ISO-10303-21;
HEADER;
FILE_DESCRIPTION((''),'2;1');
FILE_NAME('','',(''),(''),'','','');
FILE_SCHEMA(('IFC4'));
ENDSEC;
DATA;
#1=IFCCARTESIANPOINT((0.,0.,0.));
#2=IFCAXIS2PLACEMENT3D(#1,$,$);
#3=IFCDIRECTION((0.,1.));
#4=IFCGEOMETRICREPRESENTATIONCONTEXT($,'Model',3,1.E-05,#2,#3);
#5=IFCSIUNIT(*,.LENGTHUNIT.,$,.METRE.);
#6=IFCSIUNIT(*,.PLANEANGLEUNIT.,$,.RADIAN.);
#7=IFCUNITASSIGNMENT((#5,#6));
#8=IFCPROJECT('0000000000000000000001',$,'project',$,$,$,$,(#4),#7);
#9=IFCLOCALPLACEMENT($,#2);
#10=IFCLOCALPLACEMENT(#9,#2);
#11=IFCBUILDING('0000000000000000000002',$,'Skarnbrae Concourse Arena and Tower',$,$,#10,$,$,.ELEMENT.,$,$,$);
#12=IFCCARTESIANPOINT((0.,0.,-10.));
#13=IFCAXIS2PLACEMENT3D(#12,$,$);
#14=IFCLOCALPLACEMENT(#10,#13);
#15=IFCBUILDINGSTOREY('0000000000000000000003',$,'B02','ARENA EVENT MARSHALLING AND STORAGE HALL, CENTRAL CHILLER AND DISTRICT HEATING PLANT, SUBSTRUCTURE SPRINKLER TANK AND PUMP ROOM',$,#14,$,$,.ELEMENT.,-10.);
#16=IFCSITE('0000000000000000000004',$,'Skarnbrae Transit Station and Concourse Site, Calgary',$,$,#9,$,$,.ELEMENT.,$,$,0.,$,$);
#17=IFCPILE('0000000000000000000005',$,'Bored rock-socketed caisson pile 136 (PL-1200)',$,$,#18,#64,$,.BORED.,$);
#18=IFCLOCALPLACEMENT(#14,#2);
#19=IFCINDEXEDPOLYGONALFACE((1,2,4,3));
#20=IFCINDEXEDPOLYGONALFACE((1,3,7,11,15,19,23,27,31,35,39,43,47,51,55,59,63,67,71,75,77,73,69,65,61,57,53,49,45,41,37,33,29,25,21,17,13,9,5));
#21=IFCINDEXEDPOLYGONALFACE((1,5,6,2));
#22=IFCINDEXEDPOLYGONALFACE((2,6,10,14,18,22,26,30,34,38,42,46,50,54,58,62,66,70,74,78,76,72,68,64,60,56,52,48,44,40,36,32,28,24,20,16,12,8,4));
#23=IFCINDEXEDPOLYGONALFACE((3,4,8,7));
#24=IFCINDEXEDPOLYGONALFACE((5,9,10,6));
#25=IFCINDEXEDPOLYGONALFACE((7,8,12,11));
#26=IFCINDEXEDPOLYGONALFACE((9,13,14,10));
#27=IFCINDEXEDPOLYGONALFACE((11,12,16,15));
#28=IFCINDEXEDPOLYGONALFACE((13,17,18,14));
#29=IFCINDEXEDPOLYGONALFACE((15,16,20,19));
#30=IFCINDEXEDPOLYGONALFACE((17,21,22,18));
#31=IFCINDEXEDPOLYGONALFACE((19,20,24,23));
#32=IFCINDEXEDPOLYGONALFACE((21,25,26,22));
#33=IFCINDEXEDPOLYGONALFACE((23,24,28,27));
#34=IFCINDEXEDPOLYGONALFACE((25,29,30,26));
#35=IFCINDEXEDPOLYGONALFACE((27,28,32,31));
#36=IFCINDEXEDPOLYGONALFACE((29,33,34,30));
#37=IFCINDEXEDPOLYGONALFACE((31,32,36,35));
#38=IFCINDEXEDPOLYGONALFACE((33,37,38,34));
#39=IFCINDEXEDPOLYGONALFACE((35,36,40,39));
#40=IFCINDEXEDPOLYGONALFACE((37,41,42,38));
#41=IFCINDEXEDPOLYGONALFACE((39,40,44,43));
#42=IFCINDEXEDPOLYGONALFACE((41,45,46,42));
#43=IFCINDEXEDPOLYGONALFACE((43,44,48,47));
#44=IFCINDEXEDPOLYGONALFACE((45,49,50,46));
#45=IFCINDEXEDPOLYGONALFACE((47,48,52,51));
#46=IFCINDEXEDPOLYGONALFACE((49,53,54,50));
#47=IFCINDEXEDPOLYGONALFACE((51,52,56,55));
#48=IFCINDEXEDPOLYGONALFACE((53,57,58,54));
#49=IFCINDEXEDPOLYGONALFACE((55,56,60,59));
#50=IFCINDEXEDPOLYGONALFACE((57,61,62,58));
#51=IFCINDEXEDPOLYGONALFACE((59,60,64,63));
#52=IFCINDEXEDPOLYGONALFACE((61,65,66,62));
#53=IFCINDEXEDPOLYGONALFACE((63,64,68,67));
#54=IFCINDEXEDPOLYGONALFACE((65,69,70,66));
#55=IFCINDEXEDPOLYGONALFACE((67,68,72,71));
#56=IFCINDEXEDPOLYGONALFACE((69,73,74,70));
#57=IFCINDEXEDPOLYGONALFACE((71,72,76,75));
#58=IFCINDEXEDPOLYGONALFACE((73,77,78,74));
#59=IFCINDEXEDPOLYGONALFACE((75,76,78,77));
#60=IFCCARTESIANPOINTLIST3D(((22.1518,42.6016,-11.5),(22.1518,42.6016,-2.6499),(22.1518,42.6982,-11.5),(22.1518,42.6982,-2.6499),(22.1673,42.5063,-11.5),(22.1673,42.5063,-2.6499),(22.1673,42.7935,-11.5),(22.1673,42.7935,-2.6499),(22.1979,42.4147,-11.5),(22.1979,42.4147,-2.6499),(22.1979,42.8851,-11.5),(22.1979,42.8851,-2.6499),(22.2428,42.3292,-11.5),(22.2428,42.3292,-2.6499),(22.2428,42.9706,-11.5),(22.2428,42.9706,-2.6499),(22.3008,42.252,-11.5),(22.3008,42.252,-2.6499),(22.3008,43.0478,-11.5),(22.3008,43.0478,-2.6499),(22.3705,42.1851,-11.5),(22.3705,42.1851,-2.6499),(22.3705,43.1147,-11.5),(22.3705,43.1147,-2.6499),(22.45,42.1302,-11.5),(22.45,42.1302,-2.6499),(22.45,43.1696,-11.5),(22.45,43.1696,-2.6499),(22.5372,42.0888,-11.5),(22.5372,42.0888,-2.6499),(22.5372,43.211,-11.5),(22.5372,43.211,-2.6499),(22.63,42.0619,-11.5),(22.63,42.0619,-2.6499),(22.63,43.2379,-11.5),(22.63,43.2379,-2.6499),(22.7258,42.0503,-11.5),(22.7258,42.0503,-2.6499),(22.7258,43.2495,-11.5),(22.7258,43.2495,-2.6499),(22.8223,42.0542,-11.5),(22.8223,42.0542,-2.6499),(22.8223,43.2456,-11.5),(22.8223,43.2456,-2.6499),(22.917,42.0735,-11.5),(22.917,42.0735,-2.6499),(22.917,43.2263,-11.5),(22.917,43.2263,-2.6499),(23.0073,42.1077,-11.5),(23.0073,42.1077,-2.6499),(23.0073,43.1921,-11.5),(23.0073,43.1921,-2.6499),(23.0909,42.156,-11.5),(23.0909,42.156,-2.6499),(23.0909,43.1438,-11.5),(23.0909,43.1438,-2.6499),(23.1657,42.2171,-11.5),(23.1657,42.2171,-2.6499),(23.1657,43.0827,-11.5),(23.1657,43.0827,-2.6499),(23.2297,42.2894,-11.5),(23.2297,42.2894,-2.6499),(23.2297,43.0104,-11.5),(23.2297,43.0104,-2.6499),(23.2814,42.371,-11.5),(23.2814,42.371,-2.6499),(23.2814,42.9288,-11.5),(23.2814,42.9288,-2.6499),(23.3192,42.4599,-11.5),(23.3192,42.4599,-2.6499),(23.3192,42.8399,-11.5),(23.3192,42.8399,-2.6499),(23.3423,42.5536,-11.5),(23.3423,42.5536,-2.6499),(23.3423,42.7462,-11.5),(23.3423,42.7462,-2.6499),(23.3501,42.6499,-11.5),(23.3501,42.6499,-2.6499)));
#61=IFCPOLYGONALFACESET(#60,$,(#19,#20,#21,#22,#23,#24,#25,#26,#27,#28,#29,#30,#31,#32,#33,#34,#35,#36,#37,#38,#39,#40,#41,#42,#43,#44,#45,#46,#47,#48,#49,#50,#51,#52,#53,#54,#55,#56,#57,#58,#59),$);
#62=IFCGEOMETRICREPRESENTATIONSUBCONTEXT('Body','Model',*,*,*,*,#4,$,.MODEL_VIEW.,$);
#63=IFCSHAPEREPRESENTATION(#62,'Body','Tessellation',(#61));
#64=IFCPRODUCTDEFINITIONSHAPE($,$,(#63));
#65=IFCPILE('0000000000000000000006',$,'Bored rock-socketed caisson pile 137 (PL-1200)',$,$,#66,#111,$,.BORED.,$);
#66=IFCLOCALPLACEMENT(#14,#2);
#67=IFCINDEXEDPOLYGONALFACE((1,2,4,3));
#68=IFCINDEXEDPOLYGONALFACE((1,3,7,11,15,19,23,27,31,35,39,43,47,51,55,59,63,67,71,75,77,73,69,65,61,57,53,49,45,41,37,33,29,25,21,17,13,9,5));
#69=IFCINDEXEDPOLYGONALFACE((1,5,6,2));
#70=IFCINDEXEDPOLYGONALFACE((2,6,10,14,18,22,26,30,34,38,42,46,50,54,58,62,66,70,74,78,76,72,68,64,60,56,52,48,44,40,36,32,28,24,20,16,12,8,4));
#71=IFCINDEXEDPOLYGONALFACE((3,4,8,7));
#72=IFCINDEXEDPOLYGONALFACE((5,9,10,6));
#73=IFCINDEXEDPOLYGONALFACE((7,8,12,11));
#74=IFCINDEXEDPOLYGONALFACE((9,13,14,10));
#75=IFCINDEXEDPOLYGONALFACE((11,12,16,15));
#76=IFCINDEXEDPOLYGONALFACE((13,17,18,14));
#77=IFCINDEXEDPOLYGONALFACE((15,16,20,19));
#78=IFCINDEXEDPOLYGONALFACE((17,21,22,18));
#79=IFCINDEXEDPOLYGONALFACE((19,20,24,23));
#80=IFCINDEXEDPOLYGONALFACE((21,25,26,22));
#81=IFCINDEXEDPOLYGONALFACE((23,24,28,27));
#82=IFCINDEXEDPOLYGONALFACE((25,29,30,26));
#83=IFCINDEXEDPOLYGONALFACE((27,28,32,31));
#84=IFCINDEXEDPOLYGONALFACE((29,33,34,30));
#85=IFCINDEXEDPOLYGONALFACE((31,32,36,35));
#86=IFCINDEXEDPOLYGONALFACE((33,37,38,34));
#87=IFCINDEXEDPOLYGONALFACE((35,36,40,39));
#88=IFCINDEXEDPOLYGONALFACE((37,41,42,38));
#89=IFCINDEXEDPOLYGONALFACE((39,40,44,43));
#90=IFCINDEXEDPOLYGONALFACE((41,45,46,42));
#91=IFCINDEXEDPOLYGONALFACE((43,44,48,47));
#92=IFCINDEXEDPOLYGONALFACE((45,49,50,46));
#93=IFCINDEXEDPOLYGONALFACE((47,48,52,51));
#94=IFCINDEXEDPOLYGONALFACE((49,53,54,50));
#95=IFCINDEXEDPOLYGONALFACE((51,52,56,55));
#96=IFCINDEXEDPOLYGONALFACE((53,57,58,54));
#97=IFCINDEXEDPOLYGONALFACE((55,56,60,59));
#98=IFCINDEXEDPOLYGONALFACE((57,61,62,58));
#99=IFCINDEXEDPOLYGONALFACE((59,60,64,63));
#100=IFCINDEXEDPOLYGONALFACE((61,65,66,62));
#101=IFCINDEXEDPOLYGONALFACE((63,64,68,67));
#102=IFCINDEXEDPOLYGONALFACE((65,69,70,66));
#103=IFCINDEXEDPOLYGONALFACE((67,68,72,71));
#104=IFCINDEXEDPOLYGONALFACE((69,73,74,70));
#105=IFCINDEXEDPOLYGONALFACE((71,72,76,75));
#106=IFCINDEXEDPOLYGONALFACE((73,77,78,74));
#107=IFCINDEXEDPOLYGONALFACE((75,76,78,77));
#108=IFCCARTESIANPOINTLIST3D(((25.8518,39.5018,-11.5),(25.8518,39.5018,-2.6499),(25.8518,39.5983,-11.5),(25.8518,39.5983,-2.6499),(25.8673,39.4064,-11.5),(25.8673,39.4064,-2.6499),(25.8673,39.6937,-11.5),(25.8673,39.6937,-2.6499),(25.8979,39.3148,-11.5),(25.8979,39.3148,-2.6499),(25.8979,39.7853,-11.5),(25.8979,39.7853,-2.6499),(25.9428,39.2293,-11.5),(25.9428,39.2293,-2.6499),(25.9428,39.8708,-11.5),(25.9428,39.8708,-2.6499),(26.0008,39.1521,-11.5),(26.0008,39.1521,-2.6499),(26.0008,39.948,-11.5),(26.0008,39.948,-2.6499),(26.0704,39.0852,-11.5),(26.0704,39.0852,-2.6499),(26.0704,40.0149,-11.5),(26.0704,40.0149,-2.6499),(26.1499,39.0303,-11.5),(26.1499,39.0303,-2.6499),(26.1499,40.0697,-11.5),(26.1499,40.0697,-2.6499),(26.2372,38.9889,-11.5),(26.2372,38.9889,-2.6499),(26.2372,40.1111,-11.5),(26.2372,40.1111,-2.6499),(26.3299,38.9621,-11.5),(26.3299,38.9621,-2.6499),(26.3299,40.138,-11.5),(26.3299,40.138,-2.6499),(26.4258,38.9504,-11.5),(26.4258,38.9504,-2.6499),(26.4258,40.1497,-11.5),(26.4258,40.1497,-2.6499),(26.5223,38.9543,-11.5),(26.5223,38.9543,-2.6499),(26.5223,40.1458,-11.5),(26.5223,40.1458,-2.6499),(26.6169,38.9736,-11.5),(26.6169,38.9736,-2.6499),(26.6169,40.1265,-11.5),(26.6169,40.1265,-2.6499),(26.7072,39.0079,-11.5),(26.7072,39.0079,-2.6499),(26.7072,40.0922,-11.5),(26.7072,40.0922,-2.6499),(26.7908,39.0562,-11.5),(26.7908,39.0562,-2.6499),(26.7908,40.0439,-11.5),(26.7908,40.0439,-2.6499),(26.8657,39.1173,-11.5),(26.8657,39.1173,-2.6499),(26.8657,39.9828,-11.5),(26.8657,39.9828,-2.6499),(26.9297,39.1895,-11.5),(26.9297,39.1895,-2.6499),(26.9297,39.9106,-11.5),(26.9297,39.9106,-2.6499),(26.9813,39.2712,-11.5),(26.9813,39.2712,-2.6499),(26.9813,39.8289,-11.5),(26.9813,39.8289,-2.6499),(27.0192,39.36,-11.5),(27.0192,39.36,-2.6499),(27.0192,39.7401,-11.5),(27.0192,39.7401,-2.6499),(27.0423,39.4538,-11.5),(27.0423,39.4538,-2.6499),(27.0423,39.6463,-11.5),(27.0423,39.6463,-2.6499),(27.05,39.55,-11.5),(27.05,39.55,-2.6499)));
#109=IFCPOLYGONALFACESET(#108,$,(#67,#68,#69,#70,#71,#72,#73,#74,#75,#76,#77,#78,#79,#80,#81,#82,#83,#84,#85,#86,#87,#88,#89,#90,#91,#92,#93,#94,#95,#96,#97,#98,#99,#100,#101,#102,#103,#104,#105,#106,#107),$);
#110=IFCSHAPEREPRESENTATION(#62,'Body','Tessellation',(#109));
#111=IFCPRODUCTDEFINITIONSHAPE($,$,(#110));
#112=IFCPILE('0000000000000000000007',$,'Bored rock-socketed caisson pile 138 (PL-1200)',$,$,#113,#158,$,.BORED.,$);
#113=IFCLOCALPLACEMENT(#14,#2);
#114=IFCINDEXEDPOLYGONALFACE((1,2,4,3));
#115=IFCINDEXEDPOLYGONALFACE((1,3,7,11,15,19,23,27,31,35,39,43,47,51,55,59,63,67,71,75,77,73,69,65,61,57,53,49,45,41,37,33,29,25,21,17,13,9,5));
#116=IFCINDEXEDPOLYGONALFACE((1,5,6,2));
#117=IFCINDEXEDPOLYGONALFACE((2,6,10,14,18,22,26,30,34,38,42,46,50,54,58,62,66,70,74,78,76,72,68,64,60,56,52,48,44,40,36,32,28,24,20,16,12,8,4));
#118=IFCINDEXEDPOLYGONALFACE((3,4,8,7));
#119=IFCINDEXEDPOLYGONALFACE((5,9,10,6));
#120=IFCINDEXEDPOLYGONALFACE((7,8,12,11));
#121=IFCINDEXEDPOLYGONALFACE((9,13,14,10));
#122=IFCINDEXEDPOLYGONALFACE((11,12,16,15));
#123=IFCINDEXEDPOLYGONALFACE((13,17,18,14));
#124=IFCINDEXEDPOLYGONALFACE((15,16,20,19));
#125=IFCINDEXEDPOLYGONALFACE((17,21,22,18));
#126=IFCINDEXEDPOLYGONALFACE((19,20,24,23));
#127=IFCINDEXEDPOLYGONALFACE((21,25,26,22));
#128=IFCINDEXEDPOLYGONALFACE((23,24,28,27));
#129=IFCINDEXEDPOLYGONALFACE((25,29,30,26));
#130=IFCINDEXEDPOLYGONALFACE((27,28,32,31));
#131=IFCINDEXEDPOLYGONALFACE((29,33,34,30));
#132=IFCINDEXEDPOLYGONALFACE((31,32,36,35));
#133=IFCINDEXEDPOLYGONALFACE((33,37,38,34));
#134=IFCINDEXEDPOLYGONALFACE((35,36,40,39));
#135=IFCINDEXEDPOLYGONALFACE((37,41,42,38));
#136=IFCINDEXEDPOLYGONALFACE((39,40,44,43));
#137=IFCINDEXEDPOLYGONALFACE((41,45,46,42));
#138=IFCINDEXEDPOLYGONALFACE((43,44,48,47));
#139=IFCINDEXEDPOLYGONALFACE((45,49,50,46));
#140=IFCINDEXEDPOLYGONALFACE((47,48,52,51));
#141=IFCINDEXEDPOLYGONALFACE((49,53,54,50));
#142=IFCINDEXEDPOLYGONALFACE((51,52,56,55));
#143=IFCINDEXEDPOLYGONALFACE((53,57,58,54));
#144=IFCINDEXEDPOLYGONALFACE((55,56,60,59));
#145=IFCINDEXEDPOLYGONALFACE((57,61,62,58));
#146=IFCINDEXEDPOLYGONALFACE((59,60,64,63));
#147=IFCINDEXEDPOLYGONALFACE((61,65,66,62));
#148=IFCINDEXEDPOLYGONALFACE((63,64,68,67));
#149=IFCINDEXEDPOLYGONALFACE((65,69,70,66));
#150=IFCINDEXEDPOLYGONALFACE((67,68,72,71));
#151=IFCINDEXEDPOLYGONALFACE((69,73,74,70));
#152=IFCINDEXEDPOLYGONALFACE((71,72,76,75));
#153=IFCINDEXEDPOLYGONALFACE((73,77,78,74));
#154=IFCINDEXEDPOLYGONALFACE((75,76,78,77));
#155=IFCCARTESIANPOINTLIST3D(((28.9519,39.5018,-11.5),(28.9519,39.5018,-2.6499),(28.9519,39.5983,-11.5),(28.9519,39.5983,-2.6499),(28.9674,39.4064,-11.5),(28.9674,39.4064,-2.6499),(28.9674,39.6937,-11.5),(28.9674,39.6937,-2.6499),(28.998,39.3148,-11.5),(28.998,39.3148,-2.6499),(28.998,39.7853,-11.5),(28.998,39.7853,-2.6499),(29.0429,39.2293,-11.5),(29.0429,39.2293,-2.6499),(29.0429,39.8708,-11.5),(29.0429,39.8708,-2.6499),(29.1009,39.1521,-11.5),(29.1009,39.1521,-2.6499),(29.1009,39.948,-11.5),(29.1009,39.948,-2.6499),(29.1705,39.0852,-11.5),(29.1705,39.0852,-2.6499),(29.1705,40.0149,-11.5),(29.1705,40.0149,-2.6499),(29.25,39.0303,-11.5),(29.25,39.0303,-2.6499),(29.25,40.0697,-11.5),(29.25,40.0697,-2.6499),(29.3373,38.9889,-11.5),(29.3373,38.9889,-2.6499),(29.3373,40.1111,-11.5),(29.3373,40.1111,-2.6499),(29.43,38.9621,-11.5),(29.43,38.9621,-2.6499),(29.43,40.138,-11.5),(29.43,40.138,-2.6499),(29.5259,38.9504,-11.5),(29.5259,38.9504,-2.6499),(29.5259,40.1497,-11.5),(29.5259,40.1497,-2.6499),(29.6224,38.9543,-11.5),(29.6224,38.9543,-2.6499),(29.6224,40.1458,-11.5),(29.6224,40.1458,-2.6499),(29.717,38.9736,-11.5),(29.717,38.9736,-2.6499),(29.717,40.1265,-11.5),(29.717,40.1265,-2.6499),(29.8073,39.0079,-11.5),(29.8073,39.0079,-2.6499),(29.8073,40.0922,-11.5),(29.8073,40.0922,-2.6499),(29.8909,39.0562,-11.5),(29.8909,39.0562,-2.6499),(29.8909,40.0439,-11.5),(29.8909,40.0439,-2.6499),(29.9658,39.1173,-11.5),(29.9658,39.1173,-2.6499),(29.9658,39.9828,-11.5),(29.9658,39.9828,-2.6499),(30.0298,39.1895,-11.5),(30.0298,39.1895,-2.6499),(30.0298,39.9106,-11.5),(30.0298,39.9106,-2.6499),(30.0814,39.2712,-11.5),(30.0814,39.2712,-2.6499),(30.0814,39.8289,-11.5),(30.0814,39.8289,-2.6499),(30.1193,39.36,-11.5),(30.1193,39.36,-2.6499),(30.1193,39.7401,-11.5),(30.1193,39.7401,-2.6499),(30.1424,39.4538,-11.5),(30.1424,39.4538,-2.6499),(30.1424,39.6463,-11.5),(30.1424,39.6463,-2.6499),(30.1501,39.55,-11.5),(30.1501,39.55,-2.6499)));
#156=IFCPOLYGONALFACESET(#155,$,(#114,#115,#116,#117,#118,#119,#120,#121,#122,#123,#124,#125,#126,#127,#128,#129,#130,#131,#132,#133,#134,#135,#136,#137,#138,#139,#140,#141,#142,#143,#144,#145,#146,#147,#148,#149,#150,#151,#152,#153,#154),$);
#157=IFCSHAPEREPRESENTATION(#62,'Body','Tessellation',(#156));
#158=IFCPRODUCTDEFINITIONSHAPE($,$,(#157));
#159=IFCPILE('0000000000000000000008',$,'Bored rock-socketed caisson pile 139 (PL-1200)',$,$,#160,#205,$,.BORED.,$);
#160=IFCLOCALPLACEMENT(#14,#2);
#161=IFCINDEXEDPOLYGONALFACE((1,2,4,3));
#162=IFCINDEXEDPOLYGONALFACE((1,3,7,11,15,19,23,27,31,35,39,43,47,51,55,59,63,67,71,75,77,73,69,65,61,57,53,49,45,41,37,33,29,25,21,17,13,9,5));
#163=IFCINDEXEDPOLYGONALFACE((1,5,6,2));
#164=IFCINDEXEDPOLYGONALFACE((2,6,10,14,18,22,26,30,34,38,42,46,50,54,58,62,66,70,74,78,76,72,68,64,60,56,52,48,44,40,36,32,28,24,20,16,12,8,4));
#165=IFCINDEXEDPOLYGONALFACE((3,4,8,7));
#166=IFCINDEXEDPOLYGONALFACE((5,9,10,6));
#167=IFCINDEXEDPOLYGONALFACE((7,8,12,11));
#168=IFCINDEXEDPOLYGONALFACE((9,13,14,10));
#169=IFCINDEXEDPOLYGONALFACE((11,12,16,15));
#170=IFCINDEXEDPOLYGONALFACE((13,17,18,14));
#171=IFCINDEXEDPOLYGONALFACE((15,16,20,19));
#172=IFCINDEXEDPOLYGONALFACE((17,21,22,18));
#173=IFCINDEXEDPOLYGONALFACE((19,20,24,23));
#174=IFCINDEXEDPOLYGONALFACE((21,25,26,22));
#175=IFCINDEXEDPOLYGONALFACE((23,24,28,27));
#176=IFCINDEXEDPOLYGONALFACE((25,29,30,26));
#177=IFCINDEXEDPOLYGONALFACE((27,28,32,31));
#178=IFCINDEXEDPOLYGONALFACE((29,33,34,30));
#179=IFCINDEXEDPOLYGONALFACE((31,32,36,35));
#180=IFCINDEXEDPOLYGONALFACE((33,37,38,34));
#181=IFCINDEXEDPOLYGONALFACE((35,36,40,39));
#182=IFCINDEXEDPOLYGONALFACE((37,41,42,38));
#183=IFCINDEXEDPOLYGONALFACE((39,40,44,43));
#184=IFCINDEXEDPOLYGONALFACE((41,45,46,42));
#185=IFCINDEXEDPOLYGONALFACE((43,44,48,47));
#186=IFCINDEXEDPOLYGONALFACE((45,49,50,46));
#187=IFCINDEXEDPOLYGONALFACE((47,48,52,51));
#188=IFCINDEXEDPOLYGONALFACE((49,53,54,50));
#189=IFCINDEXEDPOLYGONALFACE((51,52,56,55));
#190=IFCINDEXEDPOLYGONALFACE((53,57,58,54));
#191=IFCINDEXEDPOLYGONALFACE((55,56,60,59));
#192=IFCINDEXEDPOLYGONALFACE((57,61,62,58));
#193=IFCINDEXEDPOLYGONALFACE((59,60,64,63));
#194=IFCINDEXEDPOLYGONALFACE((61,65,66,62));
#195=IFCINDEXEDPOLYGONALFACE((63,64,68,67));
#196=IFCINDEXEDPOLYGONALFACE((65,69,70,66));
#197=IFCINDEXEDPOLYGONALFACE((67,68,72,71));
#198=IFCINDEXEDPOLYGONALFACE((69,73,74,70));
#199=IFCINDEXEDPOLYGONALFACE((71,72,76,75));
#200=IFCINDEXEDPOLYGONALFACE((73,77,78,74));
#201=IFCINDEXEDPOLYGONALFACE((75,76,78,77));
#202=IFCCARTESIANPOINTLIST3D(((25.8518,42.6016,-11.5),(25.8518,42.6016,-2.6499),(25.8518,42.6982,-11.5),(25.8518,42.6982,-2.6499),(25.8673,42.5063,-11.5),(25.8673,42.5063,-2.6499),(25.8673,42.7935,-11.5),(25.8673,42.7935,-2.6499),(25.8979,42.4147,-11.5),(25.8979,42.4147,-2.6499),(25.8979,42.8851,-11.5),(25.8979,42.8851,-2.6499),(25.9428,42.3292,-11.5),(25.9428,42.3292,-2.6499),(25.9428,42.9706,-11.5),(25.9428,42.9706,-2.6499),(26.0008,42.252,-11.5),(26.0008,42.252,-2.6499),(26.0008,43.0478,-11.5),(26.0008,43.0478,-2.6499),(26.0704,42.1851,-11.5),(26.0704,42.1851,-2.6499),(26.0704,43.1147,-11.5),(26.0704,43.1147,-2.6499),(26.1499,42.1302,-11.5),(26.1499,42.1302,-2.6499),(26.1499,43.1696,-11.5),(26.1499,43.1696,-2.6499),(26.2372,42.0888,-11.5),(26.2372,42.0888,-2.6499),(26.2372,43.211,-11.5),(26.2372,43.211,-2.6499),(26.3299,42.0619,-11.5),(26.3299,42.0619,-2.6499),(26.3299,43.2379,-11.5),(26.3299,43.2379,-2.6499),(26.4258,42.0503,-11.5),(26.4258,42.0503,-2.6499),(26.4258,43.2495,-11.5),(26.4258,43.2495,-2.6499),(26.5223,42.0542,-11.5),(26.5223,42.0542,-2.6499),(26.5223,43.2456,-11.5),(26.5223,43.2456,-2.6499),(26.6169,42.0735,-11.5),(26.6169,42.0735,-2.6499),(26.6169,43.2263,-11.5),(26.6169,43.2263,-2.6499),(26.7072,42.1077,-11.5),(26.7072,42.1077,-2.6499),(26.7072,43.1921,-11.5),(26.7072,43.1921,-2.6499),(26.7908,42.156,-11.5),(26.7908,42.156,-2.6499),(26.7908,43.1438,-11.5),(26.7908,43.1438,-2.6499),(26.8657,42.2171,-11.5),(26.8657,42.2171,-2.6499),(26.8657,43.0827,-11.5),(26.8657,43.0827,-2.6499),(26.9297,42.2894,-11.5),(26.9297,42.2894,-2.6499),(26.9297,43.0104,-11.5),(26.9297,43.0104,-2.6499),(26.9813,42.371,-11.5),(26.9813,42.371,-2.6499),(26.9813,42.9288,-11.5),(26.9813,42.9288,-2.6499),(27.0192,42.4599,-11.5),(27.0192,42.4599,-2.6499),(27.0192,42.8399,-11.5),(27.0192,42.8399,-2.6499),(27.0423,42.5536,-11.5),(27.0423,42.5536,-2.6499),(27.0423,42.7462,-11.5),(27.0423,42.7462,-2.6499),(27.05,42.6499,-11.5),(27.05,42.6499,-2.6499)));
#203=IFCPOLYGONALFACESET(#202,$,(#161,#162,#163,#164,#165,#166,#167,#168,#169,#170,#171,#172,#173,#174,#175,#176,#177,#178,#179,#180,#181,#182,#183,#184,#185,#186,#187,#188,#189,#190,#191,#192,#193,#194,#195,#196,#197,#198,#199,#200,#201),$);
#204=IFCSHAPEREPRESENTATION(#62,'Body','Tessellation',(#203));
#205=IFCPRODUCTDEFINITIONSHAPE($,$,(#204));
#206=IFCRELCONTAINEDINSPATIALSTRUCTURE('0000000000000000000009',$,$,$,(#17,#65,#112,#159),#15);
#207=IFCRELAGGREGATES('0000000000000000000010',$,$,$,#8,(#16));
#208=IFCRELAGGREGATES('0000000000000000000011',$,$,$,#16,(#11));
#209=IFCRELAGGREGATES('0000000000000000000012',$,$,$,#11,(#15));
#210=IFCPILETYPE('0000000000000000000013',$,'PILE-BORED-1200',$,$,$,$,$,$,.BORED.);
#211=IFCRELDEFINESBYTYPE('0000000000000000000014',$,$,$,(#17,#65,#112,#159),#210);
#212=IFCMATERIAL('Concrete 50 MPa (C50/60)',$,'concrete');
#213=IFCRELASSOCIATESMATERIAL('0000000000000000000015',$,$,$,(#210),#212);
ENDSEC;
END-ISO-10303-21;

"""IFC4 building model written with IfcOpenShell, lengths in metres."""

from ifc_helpers import new_model, si_unit, direction, frame, origin, origin_2d, place, context, subcontext, project, spatial, circle, extrude, source, transform, mapped, material, material_profile, profile_set, type_object, element, save


model = new_model("IFC4")

# Units and contexts
model_context = context("Model", 3, precision=1e-05, world=origin(), true_north=direction((0.0, 1.0)))
body_context = subcontext(model_context, "Body", "Model", "MODEL_VIEW")
ifc_project = project(units=[si_unit("LENGTHUNIT", "METRE"), si_unit("PLANEANGLEUNIT", "RADIAN")], contexts=[model_context])

# Site, building, storey
site_placement = place(None, origin())
site = spatial("IfcSite", under=ifc_project, at=site_placement, Name="Skarnbrae Transit Station and Concourse Site, Calgary", CompositionType="ELEMENT", RefElevation=0.0)
building_placement = place(site_placement, origin())
building = spatial("IfcBuilding", under=site, at=building_placement, Name="Skarnbrae Concourse Arena and Tower", CompositionType="ELEMENT")
storey_placement = place(building_placement, frame((0.0, 0.0, -10.0)))
storey = spatial("IfcBuildingStorey", under=building, at=storey_placement, Name="B02", Description="ARENA EVENT MARSHALLING AND STORAGE HALL, CENTRAL CHILLER AND DISTRICT HEATING PLANT, SUBSTRUCTURE SPRINKLER TANK AND PUMP ROOM", CompositionType="ELEMENT", Elevation=-10.0)

# Shared definitions
ifc_material_1 = material(Name="Concrete 50 MPa (C50/60)", Category="concrete")

# Piles
ifc_material_profile_1 = material_profile(ifc_material_1, circle(Radius=0.6001, at=origin_2d()), Name="CAISSON-1200")
ifc_profile_set_1 = profile_set([ifc_material_profile_1], Name="Concrete 50 MPa (C50/60)")
pile_type_1 = type_object("IfcPileType", Name="PILE-BORED-1200", PredefinedType="BORED", material=ifc_profile_set_1)
shared_shape_1 = source(origin(), body_context, "Body", "SweptSolid", [
    extrude(circle(Radius=0.6001, at=origin_2d()), origin(), (0.0, 0.0, 1.0), 8.8501),
])
for number, where, z_axis, x_axis, name in (
    (1, (22.75, 42.6499, -2.6499), (0.0, 0.0, -1.0), (1.0, 0.0, 0.0), "Bored rock-socketed caisson pile 136 (PL-1200)"),
    (2, (26.45, 39.55, -2.6499), (0.0, 0.0, -1.0), (1.0, 0.0, 0.0), "Bored rock-socketed caisson pile 137 (PL-1200)"),
    (3, (29.55, 39.55, -2.6499), (0.0, 0.0, -1.0), (1.0, 0.0, 0.0), "Bored rock-socketed caisson pile 138 (PL-1200)"),
    (4, (26.45, 42.6499, -2.6499), (0.0, 0.0, -1.0), (1.0, 0.0, 0.0), "Bored rock-socketed caisson pile 139 (PL-1200)"),
):
    element("IfcPile", number, at=place(storey_placement, frame(where, z_axis=z_axis, x_axis=x_axis)), inside=storey, type_object=pile_type_1, Name=name, PredefinedType="BORED", context=body_context, shape_type="MappedRepresentation", body=[
        mapped(shared_shape_1, transform((0.0, 0.0, 0.0))),
    ])

save(model, "model.ifc")
